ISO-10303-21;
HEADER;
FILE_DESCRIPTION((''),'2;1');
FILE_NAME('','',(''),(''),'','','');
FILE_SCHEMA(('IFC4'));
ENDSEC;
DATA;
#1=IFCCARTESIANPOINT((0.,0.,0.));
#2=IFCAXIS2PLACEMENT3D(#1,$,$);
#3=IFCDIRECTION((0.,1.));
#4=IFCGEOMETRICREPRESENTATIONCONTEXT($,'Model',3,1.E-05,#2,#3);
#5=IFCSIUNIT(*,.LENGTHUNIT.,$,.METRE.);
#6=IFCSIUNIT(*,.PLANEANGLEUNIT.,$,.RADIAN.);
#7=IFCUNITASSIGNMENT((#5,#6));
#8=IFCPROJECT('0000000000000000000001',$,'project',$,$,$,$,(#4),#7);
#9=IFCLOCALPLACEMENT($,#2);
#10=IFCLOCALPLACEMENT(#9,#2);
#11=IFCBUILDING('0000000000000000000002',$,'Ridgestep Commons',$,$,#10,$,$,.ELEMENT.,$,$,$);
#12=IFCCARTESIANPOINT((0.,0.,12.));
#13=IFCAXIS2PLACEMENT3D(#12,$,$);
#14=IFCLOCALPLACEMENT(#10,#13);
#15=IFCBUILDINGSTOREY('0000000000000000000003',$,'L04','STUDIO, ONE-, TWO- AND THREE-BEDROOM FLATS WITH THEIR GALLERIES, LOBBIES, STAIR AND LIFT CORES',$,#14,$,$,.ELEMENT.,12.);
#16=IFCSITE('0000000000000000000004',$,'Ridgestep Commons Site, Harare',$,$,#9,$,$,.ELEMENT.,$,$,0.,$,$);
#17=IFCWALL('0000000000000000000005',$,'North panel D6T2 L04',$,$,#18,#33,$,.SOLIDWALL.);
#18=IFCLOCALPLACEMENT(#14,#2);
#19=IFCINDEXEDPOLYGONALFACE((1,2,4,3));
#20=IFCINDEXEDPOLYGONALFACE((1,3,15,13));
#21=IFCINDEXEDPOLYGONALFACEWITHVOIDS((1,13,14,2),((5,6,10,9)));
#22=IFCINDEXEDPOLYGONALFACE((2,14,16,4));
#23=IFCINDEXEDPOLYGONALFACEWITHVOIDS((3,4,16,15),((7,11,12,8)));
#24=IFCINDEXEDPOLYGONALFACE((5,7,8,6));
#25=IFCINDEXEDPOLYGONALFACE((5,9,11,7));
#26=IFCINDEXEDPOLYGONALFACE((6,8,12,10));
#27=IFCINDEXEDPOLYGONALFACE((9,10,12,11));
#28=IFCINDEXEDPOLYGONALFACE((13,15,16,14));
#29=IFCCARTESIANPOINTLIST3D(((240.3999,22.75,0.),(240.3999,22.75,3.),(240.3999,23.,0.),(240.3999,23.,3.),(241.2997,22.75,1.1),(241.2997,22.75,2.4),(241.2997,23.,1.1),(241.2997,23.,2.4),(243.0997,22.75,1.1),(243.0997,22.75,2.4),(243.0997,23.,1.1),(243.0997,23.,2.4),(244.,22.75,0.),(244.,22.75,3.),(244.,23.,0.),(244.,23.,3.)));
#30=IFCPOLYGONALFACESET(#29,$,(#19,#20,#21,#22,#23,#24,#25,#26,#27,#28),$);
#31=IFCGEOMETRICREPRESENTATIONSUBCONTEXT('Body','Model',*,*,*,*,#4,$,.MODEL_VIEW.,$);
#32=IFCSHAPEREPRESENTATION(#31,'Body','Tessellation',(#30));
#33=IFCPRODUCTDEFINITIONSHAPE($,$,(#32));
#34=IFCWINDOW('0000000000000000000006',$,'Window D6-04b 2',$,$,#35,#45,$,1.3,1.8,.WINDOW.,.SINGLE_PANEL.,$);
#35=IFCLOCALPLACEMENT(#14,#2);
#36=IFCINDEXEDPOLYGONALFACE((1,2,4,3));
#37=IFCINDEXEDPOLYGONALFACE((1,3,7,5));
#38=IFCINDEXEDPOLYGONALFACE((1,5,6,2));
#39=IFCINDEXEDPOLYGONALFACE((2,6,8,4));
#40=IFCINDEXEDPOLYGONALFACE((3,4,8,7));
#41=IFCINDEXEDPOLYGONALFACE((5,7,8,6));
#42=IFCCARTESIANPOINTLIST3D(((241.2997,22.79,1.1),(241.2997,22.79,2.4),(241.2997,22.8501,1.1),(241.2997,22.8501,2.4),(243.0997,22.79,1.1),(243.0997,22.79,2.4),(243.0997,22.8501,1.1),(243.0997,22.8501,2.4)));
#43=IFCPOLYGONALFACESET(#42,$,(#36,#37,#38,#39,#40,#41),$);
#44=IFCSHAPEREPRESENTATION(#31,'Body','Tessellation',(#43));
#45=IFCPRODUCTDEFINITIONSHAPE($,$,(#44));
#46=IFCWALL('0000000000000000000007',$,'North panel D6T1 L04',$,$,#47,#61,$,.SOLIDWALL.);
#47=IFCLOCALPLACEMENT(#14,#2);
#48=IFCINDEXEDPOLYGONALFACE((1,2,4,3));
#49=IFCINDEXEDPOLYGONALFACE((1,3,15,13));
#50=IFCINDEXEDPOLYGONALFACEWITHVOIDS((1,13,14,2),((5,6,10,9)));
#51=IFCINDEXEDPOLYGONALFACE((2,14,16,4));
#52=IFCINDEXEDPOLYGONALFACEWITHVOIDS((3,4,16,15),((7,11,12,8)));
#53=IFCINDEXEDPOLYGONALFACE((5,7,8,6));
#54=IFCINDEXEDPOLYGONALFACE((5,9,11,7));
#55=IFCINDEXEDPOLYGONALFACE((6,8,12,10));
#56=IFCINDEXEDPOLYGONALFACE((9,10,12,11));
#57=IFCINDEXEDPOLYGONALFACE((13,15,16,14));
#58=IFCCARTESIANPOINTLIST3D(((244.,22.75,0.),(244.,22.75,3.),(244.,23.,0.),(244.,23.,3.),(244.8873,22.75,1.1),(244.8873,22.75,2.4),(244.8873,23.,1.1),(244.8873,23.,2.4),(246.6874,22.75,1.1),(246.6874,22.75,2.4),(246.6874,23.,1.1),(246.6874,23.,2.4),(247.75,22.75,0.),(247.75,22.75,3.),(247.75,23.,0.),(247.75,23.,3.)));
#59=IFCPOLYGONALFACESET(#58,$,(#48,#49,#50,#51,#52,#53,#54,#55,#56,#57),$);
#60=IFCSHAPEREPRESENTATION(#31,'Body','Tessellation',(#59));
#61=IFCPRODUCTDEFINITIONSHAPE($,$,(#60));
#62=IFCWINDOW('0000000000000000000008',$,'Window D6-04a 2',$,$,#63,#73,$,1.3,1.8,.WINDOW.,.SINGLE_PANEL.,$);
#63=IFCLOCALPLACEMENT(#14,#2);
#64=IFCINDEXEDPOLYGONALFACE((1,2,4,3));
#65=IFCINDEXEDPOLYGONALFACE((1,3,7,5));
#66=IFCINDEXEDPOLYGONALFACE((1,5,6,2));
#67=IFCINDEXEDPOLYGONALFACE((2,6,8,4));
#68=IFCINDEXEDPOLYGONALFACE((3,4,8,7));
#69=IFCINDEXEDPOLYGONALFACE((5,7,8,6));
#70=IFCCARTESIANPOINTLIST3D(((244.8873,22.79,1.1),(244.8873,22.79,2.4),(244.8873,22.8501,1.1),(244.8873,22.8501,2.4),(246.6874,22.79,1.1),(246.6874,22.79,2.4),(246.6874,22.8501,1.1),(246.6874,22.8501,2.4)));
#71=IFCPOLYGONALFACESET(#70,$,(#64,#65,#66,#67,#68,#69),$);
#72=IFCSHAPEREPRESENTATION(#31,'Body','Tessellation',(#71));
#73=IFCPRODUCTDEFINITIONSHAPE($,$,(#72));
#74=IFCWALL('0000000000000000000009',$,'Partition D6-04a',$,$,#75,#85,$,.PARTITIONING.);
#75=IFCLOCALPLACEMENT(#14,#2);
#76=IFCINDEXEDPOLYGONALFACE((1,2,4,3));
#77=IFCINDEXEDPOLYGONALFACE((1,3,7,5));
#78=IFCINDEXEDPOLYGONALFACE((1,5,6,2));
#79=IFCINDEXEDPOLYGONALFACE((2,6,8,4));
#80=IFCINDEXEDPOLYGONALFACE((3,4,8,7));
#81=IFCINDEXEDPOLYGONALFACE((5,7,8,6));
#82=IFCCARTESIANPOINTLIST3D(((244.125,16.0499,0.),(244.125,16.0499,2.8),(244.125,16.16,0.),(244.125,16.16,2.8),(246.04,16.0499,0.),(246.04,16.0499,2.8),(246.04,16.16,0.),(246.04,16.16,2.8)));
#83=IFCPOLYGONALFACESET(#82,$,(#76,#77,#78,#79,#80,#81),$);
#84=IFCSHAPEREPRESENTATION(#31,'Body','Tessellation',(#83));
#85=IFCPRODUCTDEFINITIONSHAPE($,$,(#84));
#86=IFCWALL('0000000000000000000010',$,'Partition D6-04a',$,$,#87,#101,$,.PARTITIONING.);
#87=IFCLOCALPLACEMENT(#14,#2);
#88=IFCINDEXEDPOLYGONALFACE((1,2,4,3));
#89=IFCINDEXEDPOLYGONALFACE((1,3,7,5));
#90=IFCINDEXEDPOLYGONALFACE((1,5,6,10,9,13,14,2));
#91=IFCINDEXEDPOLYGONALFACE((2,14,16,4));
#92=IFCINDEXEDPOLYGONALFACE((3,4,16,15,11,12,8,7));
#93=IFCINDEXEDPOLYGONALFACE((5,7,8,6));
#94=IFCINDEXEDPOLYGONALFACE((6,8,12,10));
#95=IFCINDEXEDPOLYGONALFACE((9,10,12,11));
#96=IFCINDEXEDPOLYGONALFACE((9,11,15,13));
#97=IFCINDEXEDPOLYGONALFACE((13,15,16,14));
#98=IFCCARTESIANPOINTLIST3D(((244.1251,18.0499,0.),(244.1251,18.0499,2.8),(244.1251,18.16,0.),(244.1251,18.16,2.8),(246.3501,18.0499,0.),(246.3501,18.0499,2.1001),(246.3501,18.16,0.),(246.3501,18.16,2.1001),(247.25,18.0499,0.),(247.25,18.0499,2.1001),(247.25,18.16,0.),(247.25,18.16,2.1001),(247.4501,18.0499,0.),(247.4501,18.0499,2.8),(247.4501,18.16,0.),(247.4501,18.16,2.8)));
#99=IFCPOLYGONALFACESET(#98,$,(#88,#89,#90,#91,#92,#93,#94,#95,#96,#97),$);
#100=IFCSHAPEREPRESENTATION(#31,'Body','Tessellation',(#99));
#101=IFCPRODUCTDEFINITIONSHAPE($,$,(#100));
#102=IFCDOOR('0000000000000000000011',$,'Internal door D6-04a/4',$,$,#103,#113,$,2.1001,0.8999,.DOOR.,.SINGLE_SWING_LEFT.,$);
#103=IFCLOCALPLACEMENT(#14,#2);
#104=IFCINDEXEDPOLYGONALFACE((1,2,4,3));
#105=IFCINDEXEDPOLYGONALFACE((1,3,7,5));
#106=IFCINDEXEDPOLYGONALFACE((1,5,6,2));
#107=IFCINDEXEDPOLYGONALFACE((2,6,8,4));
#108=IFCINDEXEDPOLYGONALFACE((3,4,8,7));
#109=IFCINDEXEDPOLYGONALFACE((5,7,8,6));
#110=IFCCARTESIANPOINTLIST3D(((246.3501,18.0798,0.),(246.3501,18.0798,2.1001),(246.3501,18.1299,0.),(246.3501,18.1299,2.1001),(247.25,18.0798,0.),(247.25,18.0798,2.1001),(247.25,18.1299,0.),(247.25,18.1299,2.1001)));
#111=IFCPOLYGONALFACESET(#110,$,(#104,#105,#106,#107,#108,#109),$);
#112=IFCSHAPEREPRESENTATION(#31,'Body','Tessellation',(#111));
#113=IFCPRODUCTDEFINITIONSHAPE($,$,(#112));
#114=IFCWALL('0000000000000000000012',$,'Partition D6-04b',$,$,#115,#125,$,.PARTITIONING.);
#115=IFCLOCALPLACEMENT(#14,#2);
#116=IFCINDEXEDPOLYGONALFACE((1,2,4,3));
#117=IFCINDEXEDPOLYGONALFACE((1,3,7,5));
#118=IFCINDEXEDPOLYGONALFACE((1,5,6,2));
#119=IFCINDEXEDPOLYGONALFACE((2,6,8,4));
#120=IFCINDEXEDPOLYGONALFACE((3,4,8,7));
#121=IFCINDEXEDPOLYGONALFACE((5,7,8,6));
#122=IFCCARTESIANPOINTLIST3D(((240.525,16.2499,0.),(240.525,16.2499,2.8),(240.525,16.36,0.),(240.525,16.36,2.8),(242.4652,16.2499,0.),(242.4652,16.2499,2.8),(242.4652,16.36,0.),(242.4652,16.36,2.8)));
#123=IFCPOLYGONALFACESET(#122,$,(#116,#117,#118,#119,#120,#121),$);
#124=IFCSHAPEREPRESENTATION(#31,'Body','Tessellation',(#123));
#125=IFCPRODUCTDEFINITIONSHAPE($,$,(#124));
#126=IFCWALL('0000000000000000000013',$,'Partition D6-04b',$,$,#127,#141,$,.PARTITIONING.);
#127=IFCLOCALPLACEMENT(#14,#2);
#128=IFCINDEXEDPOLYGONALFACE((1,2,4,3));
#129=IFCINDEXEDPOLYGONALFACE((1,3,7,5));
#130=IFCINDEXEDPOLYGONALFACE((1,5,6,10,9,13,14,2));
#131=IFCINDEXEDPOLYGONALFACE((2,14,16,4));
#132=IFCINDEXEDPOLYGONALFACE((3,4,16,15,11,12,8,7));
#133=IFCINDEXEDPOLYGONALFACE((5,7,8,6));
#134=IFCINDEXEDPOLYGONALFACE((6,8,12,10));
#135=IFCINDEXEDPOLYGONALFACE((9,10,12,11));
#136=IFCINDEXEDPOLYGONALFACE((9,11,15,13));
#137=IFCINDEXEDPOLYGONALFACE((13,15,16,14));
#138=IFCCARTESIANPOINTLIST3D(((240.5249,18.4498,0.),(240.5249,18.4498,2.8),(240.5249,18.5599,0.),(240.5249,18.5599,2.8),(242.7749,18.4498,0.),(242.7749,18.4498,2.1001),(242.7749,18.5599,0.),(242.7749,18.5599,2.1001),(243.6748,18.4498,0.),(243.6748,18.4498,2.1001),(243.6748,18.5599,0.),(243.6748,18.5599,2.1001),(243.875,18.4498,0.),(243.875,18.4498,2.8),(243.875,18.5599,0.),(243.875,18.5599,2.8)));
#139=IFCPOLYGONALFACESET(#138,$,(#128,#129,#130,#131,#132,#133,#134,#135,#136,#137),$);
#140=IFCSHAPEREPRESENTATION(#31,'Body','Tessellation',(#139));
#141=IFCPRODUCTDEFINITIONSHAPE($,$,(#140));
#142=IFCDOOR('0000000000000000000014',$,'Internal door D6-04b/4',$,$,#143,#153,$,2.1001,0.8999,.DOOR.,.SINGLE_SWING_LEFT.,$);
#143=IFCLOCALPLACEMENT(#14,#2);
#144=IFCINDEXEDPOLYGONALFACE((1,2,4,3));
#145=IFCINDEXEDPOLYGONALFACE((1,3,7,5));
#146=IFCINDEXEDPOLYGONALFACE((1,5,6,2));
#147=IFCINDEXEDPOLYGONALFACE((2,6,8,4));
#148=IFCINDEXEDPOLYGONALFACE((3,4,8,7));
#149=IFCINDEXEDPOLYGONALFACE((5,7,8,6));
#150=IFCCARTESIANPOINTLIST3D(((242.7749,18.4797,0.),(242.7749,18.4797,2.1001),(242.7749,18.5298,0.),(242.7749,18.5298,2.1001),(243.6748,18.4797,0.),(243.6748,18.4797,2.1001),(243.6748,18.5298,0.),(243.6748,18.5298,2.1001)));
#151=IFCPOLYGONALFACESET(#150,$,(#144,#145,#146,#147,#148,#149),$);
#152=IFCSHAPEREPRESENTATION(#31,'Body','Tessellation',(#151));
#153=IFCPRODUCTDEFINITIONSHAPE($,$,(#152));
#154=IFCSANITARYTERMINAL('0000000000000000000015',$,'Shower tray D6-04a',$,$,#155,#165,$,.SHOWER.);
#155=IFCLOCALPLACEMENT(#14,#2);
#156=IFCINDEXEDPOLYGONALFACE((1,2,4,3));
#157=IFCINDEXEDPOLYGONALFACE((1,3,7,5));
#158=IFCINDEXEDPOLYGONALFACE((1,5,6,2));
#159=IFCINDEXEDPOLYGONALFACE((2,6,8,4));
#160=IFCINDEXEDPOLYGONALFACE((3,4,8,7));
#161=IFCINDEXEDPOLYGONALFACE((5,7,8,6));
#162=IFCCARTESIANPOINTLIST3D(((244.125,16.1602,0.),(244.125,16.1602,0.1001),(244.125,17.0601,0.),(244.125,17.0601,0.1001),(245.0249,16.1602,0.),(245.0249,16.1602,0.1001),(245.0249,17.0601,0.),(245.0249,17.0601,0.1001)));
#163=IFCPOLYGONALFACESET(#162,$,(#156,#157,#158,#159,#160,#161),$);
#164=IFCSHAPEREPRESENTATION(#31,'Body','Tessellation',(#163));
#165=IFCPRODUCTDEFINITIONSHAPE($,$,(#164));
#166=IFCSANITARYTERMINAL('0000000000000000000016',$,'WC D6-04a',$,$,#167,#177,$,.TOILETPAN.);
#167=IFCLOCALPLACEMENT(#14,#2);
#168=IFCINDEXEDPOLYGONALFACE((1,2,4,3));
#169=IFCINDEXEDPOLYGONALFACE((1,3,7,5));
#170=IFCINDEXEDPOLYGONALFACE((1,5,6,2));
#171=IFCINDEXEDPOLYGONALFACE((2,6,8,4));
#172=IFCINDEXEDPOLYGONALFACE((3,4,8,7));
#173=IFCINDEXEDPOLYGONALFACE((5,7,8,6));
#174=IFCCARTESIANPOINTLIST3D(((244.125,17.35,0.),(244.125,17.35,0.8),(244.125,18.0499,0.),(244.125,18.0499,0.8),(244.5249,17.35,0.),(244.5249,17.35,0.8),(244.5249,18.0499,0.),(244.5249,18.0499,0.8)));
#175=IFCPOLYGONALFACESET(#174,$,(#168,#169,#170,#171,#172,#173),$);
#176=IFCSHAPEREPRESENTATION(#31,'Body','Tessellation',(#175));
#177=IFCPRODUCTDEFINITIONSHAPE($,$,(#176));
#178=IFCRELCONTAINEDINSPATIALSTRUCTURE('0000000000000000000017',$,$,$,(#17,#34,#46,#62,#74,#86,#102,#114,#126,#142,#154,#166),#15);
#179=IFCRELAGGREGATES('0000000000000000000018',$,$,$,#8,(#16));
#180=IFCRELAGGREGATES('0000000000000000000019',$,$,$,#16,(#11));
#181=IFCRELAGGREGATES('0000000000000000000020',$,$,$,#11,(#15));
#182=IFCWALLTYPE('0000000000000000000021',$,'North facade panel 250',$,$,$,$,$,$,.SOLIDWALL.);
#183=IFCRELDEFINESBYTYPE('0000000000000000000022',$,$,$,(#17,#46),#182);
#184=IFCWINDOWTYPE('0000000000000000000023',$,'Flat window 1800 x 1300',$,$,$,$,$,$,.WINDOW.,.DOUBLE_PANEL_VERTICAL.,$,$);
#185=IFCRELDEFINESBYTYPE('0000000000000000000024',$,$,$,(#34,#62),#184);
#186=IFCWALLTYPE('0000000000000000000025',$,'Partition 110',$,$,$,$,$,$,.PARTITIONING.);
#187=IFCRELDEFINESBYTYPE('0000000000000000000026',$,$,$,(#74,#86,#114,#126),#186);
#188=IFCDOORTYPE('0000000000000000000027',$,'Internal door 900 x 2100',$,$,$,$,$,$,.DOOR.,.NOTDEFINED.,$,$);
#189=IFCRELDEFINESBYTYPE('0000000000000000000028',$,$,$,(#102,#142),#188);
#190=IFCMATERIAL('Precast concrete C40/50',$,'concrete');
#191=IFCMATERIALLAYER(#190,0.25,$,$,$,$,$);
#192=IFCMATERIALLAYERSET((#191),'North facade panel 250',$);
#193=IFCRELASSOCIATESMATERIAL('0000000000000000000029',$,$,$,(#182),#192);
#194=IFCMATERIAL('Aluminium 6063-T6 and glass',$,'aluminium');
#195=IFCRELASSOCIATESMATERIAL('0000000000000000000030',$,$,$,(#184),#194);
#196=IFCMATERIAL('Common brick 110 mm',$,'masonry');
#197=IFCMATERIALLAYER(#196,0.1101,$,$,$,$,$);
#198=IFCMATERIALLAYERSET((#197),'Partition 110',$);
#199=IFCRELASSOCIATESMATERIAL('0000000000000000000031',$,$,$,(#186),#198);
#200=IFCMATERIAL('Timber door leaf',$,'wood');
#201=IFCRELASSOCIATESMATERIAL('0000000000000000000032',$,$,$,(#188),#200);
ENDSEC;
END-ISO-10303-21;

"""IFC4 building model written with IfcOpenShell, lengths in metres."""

from ifc_helpers import new_model, si_unit, direction, frame, frame_2d, origin, origin_2d, place, context, subcontext, project, spatial, rectangle, extrude, material, layer, layer_set, type_object, element, fill, save


model = new_model("IFC4")

# Units and contexts
model_context = context("Model", 3, precision=1e-05, world=origin(), true_north=direction((0.0, 1.0)))
body_context = subcontext(model_context, "Body", "Model", "MODEL_VIEW")
ifc_project = project(units=[si_unit("LENGTHUNIT", "METRE"), si_unit("PLANEANGLEUNIT", "RADIAN")], contexts=[model_context])

# Site, building, storey
site_placement = place(None, origin())
site = spatial("IfcSite", under=ifc_project, at=site_placement, Name="Ridgestep Commons Site, Harare", CompositionType="ELEMENT", RefElevation=0.0)
building_placement = place(site_placement, origin())
building = spatial("IfcBuilding", under=site, at=building_placement, Name="Ridgestep Commons", CompositionType="ELEMENT")
storey_placement = place(building_placement, frame((0.0, 0.0, 12.0)))
storey = spatial("IfcBuildingStorey", under=building, at=storey_placement, Name="L04", Description="STUDIO, ONE-, TWO- AND THREE-BEDROOM FLATS WITH THEIR GALLERIES, LOBBIES, STAIR AND LIFT CORES", CompositionType="ELEMENT", Elevation=12.0)

# Walls, openings, windows
ifc_material_1 = material(Name="Precast concrete C40/50", Category="concrete")
ifc_layer_1 = layer(ifc_material_1, 0.25)
ifc_layer_set_1 = layer_set([ifc_layer_1], Name="North facade panel 250")
wall_type_1 = type_object("IfcWallType", Name="North facade panel 250", PredefinedType="SOLIDWALL", material=ifc_layer_set_1)
wall_1_placement = place(storey_placement, frame((240.3999, 22.875, 0.0), z_axis=(0.0, 0.0, 1.0), x_axis=(1.0, 0.0, 0.0)))
wall_1 = element("IfcWall", 1, at=wall_1_placement, inside=storey, type_object=wall_type_1, Name="North panel D6T2 L04", PredefinedType="SOLIDWALL", context=body_context, shape_type="SweptSolid", body=[
    extrude(rectangle(XDim=3.6001, YDim=0.25, at=frame_2d((1.8, 0.0))), origin(), (0.0, 0.0, 1.0), 3.0),
])
opening_1_placement = place(wall_1_placement, frame((0.8999, 0.0, 1.1001)))
opening_1 = element("IfcOpeningElement", 2, at=opening_1_placement, cuts=wall_1, PredefinedType="OPENING", context=body_context, shape_type="SweptSolid", body=[
    extrude(rectangle(XDim=1.8, YDim=1.3, at=frame_2d((0.8999, 0.6499))), frame((0.0, 0.135, 0.0), z_axis=(0.0, -1.0, 0.0), x_axis=(1.0, 0.0, 0.0)), (0.0, 0.0, 1.0), 0.27),
])
ifc_material_2 = material(Name="Aluminium 6063-T6 and glass", Category="aluminium")
window_type = type_object("IfcWindowType", Name="Flat window 1800 x 1300", PartitioningType="DOUBLE_PANEL_VERTICAL", PredefinedType="WINDOW", material=ifc_material_2)
window_1_placement = place(opening_1_placement, origin())
window_1 = element("IfcWindow", 3, at=window_1_placement, inside=storey, type_object=window_type, Name="Window D6-04b 2", OverallHeight=1.3, OverallWidth=1.8, PartitioningType="SINGLE_PANEL", PredefinedType="WINDOW", context=body_context, shape_type="SweptSolid", body=[
    extrude(rectangle(XDim=1.8, YDim=1.3, at=frame_2d((0.8999, 0.6499))), frame((0.0, -0.0249, 0.0), z_axis=(0.0, -1.0, 0.0), x_axis=(1.0, 0.0, 0.0)), (0.0, 0.0, 1.0), 0.0601),
])
fill(opening_1, window_1)
wall_2_placement = place(storey_placement, frame((244.0, 22.875, 0.0), z_axis=(0.0, 0.0, 1.0), x_axis=(1.0, 0.0, 0.0)))
wall_2 = element("IfcWall", 4, at=wall_2_placement, inside=storey, type_object=wall_type_1, Name="North panel D6T1 L04", PredefinedType="SOLIDWALL", context=body_context, shape_type="SweptSolid", body=[
    extrude(rectangle(XDim=3.75, YDim=0.25, at=frame_2d((1.875, 0.0))), origin(), (0.0, 0.0, 1.0), 3.0),
])
opening_2_placement = place(wall_2_placement, frame((0.8875, 0.0, 1.1001)))
opening_2 = element("IfcOpeningElement", 5, at=opening_2_placement, cuts=wall_2, PredefinedType="OPENING", context=body_context, shape_type="SweptSolid", body=[
    extrude(rectangle(XDim=1.8, YDim=1.3, at=frame_2d((0.8999, 0.6499))), frame((0.0, 0.135, 0.0), z_axis=(0.0, -1.0, 0.0), x_axis=(1.0, 0.0, 0.0)), (0.0, 0.0, 1.0), 0.27),
])
window_2_placement = place(opening_2_placement, origin())
window_2 = element("IfcWindow", 6, at=window_2_placement, inside=storey, type_object=window_type, Name="Window D6-04a 2", OverallHeight=1.3, OverallWidth=1.8, PartitioningType="SINGLE_PANEL", PredefinedType="WINDOW", context=body_context, shape_type="SweptSolid", body=[
    extrude(rectangle(XDim=1.8, YDim=1.3, at=frame_2d((0.8999, 0.6499))), frame((0.0, -0.0249, 0.0), z_axis=(0.0, -1.0, 0.0), x_axis=(1.0, 0.0, 0.0)), (0.0, 0.0, 1.0), 0.0601),
])
fill(opening_2, window_2)

# Wall
ifc_material_3 = material(Name="Common brick 110 mm", Category="masonry")
ifc_layer_2 = layer(ifc_material_3, 0.1101)
ifc_layer_set_2 = layer_set([ifc_layer_2], Name="Partition 110")
wall_type_2 = type_object("IfcWallType", Name="Partition 110", PredefinedType="PARTITIONING", material=ifc_layer_set_2)
wall_3_placement = place(storey_placement, frame((244.125, 16.105, 0.0), z_axis=(0.0, 0.0, 1.0), x_axis=(1.0, 0.0, 0.0)))
element("IfcWall", 7, at=wall_3_placement, inside=storey, type_object=wall_type_2, Name="Partition D6-04a", PredefinedType="PARTITIONING", context=body_context, shape_type="SweptSolid", body=[
    extrude(rectangle(XDim=1.915, YDim=0.1101, at=frame_2d((0.9575, 0.0))), origin(), (0.0, 0.0, 1.0), 2.8),
])

# Wall, opening, door
wall_4_placement = place(storey_placement, frame((244.125, 18.105, 0.0), z_axis=(0.0, 0.0, 1.0), x_axis=(1.0, 0.0, 0.0)))
wall_4 = element("IfcWall", 8, at=wall_4_placement, inside=storey, type_object=wall_type_2, Name="Partition D6-04a", PredefinedType="PARTITIONING", context=body_context, shape_type="SweptSolid", body=[
    extrude(rectangle(XDim=3.325, YDim=0.1101, at=frame_2d((1.6626, 0.0))), origin(), (0.0, 0.0, 1.0), 2.8),
])
opening_3_placement = place(wall_4_placement, frame((2.2251, 0.0, 0.0)))
opening_3 = element("IfcOpeningElement", 9, at=opening_3_placement, cuts=wall_4, PredefinedType="OPENING", context=body_context, shape_type="SweptSolid", body=[
    extrude(rectangle(XDim=0.8999, YDim=2.1001, at=frame_2d((0.45, 1.05))), frame((0.0, 0.0649, 0.0), z_axis=(0.0, -1.0, 0.0), x_axis=(1.0, 0.0, 0.0)), (0.0, 0.0, 1.0), 0.1301),
])
ifc_material_4 = material(Name="Timber door leaf", Category="wood")
door_type = type_object("IfcDoorType", Name="Internal door 900 x 2100", OperationType="NOTDEFINED", PredefinedType="DOOR", material=ifc_material_4)
door_1_placement = place(opening_3_placement, origin())
door_1 = element("IfcDoor", 10, at=door_1_placement, inside=storey, type_object=door_type, Name="Internal door D6-04a/4", OperationType="SINGLE_SWING_LEFT", OverallHeight=2.1001, OverallWidth=0.8999, PredefinedType="DOOR", context=body_context, shape_type="SweptSolid", body=[
    extrude(rectangle(XDim=0.8999, YDim=2.1001, at=frame_2d((0.45, 1.05))), frame((0.0, 0.0249, 0.0), z_axis=(0.0, -1.0, 0.0), x_axis=(1.0, 0.0, 0.0)), (0.0, 0.0, 1.0), 0.05),
])
fill(opening_3, door_1)

# Wall
wall_5_placement = place(storey_placement, frame((240.5249, 16.3049, 0.0), z_axis=(0.0, 0.0, 1.0), x_axis=(1.0, 0.0, 0.0)))
element("IfcWall", 11, at=wall_5_placement, inside=storey, type_object=wall_type_2, Name="Partition D6-04b", PredefinedType="PARTITIONING", context=body_context, shape_type="SweptSolid", body=[
    extrude(rectangle(XDim=1.9402, YDim=0.1101, at=frame_2d((0.9702, 0.0))), origin(), (0.0, 0.0, 1.0), 2.8),
])

# Wall, opening, door
wall_6_placement = place(storey_placement, frame((240.5249, 18.5049, 0.0), z_axis=(0.0, 0.0, 1.0), x_axis=(1.0, 0.0, 0.0)))
wall_6 = element("IfcWall", 12, at=wall_6_placement, inside=storey, type_object=wall_type_2, Name="Partition D6-04b", PredefinedType="PARTITIONING", context=body_context, shape_type="SweptSolid", body=[
    extrude(rectangle(XDim=3.3501, YDim=0.1101, at=frame_2d((1.675, 0.0))), origin(), (0.0, 0.0, 1.0), 2.8),
])
opening_4_placement = place(wall_6_placement, frame((2.25, 0.0, 0.0)))
opening_4 = element("IfcOpeningElement", 13, at=opening_4_placement, cuts=wall_6, PredefinedType="OPENING", context=body_context, shape_type="SweptSolid", body=[
    extrude(rectangle(XDim=0.8999, YDim=2.1001, at=frame_2d((0.45, 1.05))), frame((0.0, 0.0649, 0.0), z_axis=(0.0, -1.0, 0.0), x_axis=(1.0, 0.0, 0.0)), (0.0, 0.0, 1.0), 0.1301),
])
door_2_placement = place(opening_4_placement, origin())
door_2 = element("IfcDoor", 14, at=door_2_placement, inside=storey, type_object=door_type, Name="Internal door D6-04b/4", OperationType="SINGLE_SWING_LEFT", OverallHeight=2.1001, OverallWidth=0.8999, PredefinedType="DOOR", context=body_context, shape_type="SweptSolid", body=[
    extrude(rectangle(XDim=0.8999, YDim=2.1001, at=frame_2d((0.45, 1.05))), frame((0.0, 0.0249, 0.0), z_axis=(0.0, -1.0, 0.0), x_axis=(1.0, 0.0, 0.0)), (0.0, 0.0, 1.0), 0.05),
])
fill(opening_4, door_2)

# Sanitary terminals
sanitary_terminal_1_placement = place(storey_placement, frame((244.575, 16.6101, 0.0), z_axis=(0.0, 0.0, 1.0), x_axis=(1.0, 0.0, 0.0)))
element("IfcSanitaryTerminal", 15, at=sanitary_terminal_1_placement, inside=storey, Name="Shower tray D6-04a", PredefinedType="SHOWER", context=body_context, shape_type="SweptSolid", body=[
    extrude(rectangle(XDim=0.8999, YDim=0.8999, at=origin_2d()), origin(), (0.0, 0.0, 1.0), 0.1001),
])
sanitary_terminal_2_placement = place(storey_placement, frame((244.325, 17.7, 0.0), z_axis=(0.0, 0.0, 1.0), x_axis=(1.0, 0.0, 0.0)))
element("IfcSanitaryTerminal", 16, at=sanitary_terminal_2_placement, inside=storey, Name="WC D6-04a", PredefinedType="TOILETPAN", context=body_context, shape_type="SweptSolid", body=[
    extrude(rectangle(XDim=0.3999, YDim=0.7, at=origin_2d()), origin(), (0.0, 0.0, 1.0), 0.8),
])

save(model, "model.ifc")
